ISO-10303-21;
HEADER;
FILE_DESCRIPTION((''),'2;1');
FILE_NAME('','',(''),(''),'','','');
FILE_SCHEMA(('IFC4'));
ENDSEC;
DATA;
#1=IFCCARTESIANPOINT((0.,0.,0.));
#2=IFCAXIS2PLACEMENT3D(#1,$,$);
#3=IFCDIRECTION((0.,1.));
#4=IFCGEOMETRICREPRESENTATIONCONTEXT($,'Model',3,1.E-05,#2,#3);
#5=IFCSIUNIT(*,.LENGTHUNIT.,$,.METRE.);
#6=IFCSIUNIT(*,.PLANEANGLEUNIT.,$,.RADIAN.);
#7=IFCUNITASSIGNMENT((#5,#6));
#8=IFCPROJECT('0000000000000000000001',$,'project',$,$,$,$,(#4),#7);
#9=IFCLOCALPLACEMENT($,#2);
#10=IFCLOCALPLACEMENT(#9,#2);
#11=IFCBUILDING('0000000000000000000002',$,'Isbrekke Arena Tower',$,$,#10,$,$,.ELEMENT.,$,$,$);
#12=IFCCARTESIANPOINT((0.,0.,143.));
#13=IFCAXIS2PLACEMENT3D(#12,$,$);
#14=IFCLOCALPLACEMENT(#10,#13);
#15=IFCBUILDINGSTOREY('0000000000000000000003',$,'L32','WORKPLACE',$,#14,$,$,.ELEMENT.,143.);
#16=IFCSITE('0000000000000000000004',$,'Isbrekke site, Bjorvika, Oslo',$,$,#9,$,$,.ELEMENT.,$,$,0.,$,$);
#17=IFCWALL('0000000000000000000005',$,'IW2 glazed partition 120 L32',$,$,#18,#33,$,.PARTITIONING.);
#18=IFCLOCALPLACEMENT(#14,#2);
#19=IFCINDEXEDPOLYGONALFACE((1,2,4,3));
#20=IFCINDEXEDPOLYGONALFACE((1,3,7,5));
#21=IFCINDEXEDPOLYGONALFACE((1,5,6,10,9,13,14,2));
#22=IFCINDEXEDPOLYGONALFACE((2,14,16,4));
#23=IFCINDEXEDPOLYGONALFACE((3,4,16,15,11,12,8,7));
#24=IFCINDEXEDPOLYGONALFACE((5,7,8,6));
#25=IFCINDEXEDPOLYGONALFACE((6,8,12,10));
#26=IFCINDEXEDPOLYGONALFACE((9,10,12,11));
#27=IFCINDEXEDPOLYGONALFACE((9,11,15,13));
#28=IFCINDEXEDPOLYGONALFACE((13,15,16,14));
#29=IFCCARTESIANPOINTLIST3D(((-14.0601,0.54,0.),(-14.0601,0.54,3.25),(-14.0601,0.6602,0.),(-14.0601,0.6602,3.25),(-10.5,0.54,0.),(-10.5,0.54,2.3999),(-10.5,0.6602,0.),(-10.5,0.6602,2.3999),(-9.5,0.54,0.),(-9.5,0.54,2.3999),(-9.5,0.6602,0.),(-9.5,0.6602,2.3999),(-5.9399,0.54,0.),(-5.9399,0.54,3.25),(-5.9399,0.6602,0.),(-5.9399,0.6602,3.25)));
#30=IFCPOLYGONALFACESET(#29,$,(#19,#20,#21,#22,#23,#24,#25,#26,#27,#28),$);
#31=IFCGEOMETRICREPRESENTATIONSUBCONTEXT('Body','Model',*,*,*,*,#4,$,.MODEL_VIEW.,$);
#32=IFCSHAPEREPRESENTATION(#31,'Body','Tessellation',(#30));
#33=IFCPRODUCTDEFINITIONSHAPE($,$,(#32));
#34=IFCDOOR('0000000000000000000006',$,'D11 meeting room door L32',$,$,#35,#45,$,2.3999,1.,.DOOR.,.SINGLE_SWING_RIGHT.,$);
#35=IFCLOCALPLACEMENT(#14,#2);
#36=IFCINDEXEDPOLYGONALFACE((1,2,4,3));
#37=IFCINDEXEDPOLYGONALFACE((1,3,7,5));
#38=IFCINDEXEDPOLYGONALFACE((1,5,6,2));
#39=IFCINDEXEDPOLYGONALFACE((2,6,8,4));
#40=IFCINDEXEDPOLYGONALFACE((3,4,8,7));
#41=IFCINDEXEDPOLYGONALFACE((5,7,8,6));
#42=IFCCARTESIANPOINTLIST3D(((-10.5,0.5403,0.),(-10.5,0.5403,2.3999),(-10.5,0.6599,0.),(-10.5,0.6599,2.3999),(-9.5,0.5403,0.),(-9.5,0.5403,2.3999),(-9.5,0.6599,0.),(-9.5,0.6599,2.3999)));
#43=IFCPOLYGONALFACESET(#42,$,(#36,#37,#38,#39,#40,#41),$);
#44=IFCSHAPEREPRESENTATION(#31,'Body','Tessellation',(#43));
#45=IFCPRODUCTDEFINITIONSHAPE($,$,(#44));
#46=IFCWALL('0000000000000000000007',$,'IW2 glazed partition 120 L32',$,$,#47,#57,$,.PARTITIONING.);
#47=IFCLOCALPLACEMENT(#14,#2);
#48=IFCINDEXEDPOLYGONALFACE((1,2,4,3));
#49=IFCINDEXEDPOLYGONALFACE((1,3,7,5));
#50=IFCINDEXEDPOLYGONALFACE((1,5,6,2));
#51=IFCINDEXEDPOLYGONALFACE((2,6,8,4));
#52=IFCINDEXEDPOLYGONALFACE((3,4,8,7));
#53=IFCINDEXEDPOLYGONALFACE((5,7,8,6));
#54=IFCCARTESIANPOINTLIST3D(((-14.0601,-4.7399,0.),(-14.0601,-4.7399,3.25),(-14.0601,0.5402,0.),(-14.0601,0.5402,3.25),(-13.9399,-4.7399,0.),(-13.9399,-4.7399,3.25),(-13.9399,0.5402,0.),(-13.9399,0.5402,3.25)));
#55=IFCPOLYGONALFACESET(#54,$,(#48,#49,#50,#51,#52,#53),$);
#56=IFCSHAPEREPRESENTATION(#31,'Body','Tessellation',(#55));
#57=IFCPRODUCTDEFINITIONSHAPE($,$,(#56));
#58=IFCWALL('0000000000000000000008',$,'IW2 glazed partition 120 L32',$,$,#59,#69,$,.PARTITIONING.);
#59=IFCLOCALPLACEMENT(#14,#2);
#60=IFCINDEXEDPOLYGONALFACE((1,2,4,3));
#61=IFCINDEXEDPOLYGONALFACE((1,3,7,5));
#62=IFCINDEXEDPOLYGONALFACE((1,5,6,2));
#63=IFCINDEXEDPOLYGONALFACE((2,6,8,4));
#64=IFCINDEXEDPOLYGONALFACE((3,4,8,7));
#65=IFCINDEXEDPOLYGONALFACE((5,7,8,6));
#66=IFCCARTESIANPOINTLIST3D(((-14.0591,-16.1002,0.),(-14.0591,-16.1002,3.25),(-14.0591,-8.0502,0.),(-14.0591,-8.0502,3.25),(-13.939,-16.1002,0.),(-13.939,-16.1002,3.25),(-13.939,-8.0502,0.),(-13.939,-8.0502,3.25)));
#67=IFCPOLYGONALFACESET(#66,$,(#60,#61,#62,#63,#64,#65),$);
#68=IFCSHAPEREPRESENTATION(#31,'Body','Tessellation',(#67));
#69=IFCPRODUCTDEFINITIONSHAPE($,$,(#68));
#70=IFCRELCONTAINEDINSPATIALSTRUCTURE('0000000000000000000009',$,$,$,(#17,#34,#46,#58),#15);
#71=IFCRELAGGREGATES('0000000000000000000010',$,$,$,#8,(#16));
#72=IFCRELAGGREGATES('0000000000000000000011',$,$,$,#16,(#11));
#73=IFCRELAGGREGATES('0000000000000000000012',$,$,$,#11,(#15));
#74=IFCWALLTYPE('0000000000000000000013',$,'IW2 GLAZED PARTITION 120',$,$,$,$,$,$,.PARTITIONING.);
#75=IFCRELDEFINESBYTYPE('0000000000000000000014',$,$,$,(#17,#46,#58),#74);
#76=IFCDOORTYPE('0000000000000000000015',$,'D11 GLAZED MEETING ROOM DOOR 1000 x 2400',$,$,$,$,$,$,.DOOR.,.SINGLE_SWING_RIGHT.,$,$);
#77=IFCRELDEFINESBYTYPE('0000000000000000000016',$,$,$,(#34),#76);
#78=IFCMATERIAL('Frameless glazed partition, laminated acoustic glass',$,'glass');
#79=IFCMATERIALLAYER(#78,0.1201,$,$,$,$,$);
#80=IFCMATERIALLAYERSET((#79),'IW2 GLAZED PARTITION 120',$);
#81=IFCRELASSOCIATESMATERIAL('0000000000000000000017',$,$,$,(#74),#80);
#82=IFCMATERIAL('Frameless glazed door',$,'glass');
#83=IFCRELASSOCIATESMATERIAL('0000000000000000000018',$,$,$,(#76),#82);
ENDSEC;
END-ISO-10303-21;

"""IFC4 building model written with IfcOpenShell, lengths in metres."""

from ifc_helpers import new_model, si_unit, direction, frame, frame_2d, origin, place, context, subcontext, project, spatial, rectangle, extrude, material, layer, layer_set, type_object, element, fill, save


model = new_model("IFC4")

# Units and contexts
model_context = context("Model", 3, precision=1e-05, world=origin(), true_north=direction((0.0, 1.0)))
body_context = subcontext(model_context, "Body", "Model", "MODEL_VIEW")
ifc_project = project(units=[si_unit("LENGTHUNIT", "METRE"), si_unit("PLANEANGLEUNIT", "RADIAN")], contexts=[model_context])

# Site, building, storey
site_placement = place(None, origin())
site = spatial("IfcSite", under=ifc_project, at=site_placement, Name="Isbrekke site, Bjorvika, Oslo", CompositionType="ELEMENT", RefElevation=0.0)
building_placement = place(site_placement, origin())
building = spatial("IfcBuilding", under=site, at=building_placement, Name="Isbrekke Arena Tower", CompositionType="ELEMENT")
storey_placement = place(building_placement, frame((0.0, 0.0, 143.0)))
storey = spatial("IfcBuildingStorey", under=building, at=storey_placement, Name="L32", Description="WORKPLACE", CompositionType="ELEMENT", Elevation=143.0)

# Shared definitions
ifc_material_1 = material(Name="Frameless glazed partition, laminated acoustic glass", Category="glass")
ifc_layer_1 = layer(ifc_material_1, 0.1201)
ifc_layer_set_1 = layer_set([ifc_layer_1], Name="IW2 GLAZED PARTITION 120")
wall_type = type_object("IfcWallType", Name="IW2 GLAZED PARTITION 120", PredefinedType="PARTITIONING", material=ifc_layer_set_1)

# Wall, opening, door
wall_1_placement = place(storey_placement, frame((-14.0601, 0.6001, 0.0), z_axis=(0.0, 0.0, 1.0), x_axis=(1.0, 0.0, 0.0)))
wall_1 = element("IfcWall", 1, at=wall_1_placement, inside=storey, type_object=wall_type, Name="IW2 glazed partition 120 L32", PredefinedType="PARTITIONING", context=body_context, shape_type="SweptSolid", body=[
    extrude(rectangle(XDim=8.1201, YDim=0.1201, at=frame_2d((4.0601, 0.0))), origin(), (0.0, 0.0, 1.0), 3.25),
])
opening_placement = place(wall_1_placement, frame((3.5601, 0.0, 0.0)))
opening = element("IfcOpeningElement", 2, at=opening_placement, cuts=wall_1, PredefinedType="OPENING", context=body_context, shape_type="SweptSolid", body=[
    extrude(rectangle(XDim=1.0, YDim=2.3999, at=frame_2d((0.5, 1.2))), frame((0.0, 0.075, 0.0), z_axis=(0.0, -1.0, 0.0), x_axis=(1.0, 0.0, 0.0)), (0.0, 0.0, 1.0), 0.1499),
])
ifc_material_2 = material(Name="Frameless glazed door", Category="glass")
door_type = type_object("IfcDoorType", Name="D11 GLAZED MEETING ROOM DOOR 1000 x 2400", OperationType="SINGLE_SWING_RIGHT", PredefinedType="DOOR", material=ifc_material_2)
door_placement = place(opening_placement, origin())
door = element("IfcDoor", 3, at=door_placement, inside=storey, type_object=door_type, Name="D11 meeting room door L32", OperationType="SINGLE_SWING_RIGHT", OverallHeight=2.3999, OverallWidth=1.0, PredefinedType="DOOR", context=body_context, shape_type="SweptSolid", body=[
    extrude(rectangle(XDim=1.0, YDim=2.3999, at=frame_2d((0.5, 1.2))), frame((0.0, 0.0598, 0.0), z_axis=(0.0, -1.0, 0.0), x_axis=(1.0, 0.0, 0.0)), (0.0, 0.0, 1.0), 0.1196),
])
fill(opening, door)

# Walls
wall_2_placement = place(storey_placement, frame((-14.0, -4.74, 0.0), z_axis=(0.0, 0.0, 1.0), x_axis=(0.0, 1.0, 0.0)))
element("IfcWall", 4, at=wall_2_placement, inside=storey, type_object=wall_type, Name="IW2 glazed partition 120 L32", PredefinedType="PARTITIONING", context=body_context, shape_type="SweptSolid", body=[
    extrude(rectangle(XDim=5.28, YDim=0.1201, at=frame_2d((2.6401, 0.0))), origin(), (0.0, 0.0, 1.0), 3.25),
])
wall_3_placement = place(storey_placement, frame((-13.999, -16.1001, 0.0), z_axis=(0.0, 0.0, 1.0), x_axis=(0.0, 1.0, 0.0)))
element("IfcWall", 5, at=wall_3_placement, inside=storey, type_object=wall_type, Name="IW2 glazed partition 120 L32", PredefinedType="PARTITIONING", context=body_context, shape_type="SweptSolid", body=[
    extrude(rectangle(XDim=8.05, YDim=0.1201, at=frame_2d((4.0249, 0.0))), origin(), (0.0, 0.0, 1.0), 3.25),
])

save(model, "model.ifc")
